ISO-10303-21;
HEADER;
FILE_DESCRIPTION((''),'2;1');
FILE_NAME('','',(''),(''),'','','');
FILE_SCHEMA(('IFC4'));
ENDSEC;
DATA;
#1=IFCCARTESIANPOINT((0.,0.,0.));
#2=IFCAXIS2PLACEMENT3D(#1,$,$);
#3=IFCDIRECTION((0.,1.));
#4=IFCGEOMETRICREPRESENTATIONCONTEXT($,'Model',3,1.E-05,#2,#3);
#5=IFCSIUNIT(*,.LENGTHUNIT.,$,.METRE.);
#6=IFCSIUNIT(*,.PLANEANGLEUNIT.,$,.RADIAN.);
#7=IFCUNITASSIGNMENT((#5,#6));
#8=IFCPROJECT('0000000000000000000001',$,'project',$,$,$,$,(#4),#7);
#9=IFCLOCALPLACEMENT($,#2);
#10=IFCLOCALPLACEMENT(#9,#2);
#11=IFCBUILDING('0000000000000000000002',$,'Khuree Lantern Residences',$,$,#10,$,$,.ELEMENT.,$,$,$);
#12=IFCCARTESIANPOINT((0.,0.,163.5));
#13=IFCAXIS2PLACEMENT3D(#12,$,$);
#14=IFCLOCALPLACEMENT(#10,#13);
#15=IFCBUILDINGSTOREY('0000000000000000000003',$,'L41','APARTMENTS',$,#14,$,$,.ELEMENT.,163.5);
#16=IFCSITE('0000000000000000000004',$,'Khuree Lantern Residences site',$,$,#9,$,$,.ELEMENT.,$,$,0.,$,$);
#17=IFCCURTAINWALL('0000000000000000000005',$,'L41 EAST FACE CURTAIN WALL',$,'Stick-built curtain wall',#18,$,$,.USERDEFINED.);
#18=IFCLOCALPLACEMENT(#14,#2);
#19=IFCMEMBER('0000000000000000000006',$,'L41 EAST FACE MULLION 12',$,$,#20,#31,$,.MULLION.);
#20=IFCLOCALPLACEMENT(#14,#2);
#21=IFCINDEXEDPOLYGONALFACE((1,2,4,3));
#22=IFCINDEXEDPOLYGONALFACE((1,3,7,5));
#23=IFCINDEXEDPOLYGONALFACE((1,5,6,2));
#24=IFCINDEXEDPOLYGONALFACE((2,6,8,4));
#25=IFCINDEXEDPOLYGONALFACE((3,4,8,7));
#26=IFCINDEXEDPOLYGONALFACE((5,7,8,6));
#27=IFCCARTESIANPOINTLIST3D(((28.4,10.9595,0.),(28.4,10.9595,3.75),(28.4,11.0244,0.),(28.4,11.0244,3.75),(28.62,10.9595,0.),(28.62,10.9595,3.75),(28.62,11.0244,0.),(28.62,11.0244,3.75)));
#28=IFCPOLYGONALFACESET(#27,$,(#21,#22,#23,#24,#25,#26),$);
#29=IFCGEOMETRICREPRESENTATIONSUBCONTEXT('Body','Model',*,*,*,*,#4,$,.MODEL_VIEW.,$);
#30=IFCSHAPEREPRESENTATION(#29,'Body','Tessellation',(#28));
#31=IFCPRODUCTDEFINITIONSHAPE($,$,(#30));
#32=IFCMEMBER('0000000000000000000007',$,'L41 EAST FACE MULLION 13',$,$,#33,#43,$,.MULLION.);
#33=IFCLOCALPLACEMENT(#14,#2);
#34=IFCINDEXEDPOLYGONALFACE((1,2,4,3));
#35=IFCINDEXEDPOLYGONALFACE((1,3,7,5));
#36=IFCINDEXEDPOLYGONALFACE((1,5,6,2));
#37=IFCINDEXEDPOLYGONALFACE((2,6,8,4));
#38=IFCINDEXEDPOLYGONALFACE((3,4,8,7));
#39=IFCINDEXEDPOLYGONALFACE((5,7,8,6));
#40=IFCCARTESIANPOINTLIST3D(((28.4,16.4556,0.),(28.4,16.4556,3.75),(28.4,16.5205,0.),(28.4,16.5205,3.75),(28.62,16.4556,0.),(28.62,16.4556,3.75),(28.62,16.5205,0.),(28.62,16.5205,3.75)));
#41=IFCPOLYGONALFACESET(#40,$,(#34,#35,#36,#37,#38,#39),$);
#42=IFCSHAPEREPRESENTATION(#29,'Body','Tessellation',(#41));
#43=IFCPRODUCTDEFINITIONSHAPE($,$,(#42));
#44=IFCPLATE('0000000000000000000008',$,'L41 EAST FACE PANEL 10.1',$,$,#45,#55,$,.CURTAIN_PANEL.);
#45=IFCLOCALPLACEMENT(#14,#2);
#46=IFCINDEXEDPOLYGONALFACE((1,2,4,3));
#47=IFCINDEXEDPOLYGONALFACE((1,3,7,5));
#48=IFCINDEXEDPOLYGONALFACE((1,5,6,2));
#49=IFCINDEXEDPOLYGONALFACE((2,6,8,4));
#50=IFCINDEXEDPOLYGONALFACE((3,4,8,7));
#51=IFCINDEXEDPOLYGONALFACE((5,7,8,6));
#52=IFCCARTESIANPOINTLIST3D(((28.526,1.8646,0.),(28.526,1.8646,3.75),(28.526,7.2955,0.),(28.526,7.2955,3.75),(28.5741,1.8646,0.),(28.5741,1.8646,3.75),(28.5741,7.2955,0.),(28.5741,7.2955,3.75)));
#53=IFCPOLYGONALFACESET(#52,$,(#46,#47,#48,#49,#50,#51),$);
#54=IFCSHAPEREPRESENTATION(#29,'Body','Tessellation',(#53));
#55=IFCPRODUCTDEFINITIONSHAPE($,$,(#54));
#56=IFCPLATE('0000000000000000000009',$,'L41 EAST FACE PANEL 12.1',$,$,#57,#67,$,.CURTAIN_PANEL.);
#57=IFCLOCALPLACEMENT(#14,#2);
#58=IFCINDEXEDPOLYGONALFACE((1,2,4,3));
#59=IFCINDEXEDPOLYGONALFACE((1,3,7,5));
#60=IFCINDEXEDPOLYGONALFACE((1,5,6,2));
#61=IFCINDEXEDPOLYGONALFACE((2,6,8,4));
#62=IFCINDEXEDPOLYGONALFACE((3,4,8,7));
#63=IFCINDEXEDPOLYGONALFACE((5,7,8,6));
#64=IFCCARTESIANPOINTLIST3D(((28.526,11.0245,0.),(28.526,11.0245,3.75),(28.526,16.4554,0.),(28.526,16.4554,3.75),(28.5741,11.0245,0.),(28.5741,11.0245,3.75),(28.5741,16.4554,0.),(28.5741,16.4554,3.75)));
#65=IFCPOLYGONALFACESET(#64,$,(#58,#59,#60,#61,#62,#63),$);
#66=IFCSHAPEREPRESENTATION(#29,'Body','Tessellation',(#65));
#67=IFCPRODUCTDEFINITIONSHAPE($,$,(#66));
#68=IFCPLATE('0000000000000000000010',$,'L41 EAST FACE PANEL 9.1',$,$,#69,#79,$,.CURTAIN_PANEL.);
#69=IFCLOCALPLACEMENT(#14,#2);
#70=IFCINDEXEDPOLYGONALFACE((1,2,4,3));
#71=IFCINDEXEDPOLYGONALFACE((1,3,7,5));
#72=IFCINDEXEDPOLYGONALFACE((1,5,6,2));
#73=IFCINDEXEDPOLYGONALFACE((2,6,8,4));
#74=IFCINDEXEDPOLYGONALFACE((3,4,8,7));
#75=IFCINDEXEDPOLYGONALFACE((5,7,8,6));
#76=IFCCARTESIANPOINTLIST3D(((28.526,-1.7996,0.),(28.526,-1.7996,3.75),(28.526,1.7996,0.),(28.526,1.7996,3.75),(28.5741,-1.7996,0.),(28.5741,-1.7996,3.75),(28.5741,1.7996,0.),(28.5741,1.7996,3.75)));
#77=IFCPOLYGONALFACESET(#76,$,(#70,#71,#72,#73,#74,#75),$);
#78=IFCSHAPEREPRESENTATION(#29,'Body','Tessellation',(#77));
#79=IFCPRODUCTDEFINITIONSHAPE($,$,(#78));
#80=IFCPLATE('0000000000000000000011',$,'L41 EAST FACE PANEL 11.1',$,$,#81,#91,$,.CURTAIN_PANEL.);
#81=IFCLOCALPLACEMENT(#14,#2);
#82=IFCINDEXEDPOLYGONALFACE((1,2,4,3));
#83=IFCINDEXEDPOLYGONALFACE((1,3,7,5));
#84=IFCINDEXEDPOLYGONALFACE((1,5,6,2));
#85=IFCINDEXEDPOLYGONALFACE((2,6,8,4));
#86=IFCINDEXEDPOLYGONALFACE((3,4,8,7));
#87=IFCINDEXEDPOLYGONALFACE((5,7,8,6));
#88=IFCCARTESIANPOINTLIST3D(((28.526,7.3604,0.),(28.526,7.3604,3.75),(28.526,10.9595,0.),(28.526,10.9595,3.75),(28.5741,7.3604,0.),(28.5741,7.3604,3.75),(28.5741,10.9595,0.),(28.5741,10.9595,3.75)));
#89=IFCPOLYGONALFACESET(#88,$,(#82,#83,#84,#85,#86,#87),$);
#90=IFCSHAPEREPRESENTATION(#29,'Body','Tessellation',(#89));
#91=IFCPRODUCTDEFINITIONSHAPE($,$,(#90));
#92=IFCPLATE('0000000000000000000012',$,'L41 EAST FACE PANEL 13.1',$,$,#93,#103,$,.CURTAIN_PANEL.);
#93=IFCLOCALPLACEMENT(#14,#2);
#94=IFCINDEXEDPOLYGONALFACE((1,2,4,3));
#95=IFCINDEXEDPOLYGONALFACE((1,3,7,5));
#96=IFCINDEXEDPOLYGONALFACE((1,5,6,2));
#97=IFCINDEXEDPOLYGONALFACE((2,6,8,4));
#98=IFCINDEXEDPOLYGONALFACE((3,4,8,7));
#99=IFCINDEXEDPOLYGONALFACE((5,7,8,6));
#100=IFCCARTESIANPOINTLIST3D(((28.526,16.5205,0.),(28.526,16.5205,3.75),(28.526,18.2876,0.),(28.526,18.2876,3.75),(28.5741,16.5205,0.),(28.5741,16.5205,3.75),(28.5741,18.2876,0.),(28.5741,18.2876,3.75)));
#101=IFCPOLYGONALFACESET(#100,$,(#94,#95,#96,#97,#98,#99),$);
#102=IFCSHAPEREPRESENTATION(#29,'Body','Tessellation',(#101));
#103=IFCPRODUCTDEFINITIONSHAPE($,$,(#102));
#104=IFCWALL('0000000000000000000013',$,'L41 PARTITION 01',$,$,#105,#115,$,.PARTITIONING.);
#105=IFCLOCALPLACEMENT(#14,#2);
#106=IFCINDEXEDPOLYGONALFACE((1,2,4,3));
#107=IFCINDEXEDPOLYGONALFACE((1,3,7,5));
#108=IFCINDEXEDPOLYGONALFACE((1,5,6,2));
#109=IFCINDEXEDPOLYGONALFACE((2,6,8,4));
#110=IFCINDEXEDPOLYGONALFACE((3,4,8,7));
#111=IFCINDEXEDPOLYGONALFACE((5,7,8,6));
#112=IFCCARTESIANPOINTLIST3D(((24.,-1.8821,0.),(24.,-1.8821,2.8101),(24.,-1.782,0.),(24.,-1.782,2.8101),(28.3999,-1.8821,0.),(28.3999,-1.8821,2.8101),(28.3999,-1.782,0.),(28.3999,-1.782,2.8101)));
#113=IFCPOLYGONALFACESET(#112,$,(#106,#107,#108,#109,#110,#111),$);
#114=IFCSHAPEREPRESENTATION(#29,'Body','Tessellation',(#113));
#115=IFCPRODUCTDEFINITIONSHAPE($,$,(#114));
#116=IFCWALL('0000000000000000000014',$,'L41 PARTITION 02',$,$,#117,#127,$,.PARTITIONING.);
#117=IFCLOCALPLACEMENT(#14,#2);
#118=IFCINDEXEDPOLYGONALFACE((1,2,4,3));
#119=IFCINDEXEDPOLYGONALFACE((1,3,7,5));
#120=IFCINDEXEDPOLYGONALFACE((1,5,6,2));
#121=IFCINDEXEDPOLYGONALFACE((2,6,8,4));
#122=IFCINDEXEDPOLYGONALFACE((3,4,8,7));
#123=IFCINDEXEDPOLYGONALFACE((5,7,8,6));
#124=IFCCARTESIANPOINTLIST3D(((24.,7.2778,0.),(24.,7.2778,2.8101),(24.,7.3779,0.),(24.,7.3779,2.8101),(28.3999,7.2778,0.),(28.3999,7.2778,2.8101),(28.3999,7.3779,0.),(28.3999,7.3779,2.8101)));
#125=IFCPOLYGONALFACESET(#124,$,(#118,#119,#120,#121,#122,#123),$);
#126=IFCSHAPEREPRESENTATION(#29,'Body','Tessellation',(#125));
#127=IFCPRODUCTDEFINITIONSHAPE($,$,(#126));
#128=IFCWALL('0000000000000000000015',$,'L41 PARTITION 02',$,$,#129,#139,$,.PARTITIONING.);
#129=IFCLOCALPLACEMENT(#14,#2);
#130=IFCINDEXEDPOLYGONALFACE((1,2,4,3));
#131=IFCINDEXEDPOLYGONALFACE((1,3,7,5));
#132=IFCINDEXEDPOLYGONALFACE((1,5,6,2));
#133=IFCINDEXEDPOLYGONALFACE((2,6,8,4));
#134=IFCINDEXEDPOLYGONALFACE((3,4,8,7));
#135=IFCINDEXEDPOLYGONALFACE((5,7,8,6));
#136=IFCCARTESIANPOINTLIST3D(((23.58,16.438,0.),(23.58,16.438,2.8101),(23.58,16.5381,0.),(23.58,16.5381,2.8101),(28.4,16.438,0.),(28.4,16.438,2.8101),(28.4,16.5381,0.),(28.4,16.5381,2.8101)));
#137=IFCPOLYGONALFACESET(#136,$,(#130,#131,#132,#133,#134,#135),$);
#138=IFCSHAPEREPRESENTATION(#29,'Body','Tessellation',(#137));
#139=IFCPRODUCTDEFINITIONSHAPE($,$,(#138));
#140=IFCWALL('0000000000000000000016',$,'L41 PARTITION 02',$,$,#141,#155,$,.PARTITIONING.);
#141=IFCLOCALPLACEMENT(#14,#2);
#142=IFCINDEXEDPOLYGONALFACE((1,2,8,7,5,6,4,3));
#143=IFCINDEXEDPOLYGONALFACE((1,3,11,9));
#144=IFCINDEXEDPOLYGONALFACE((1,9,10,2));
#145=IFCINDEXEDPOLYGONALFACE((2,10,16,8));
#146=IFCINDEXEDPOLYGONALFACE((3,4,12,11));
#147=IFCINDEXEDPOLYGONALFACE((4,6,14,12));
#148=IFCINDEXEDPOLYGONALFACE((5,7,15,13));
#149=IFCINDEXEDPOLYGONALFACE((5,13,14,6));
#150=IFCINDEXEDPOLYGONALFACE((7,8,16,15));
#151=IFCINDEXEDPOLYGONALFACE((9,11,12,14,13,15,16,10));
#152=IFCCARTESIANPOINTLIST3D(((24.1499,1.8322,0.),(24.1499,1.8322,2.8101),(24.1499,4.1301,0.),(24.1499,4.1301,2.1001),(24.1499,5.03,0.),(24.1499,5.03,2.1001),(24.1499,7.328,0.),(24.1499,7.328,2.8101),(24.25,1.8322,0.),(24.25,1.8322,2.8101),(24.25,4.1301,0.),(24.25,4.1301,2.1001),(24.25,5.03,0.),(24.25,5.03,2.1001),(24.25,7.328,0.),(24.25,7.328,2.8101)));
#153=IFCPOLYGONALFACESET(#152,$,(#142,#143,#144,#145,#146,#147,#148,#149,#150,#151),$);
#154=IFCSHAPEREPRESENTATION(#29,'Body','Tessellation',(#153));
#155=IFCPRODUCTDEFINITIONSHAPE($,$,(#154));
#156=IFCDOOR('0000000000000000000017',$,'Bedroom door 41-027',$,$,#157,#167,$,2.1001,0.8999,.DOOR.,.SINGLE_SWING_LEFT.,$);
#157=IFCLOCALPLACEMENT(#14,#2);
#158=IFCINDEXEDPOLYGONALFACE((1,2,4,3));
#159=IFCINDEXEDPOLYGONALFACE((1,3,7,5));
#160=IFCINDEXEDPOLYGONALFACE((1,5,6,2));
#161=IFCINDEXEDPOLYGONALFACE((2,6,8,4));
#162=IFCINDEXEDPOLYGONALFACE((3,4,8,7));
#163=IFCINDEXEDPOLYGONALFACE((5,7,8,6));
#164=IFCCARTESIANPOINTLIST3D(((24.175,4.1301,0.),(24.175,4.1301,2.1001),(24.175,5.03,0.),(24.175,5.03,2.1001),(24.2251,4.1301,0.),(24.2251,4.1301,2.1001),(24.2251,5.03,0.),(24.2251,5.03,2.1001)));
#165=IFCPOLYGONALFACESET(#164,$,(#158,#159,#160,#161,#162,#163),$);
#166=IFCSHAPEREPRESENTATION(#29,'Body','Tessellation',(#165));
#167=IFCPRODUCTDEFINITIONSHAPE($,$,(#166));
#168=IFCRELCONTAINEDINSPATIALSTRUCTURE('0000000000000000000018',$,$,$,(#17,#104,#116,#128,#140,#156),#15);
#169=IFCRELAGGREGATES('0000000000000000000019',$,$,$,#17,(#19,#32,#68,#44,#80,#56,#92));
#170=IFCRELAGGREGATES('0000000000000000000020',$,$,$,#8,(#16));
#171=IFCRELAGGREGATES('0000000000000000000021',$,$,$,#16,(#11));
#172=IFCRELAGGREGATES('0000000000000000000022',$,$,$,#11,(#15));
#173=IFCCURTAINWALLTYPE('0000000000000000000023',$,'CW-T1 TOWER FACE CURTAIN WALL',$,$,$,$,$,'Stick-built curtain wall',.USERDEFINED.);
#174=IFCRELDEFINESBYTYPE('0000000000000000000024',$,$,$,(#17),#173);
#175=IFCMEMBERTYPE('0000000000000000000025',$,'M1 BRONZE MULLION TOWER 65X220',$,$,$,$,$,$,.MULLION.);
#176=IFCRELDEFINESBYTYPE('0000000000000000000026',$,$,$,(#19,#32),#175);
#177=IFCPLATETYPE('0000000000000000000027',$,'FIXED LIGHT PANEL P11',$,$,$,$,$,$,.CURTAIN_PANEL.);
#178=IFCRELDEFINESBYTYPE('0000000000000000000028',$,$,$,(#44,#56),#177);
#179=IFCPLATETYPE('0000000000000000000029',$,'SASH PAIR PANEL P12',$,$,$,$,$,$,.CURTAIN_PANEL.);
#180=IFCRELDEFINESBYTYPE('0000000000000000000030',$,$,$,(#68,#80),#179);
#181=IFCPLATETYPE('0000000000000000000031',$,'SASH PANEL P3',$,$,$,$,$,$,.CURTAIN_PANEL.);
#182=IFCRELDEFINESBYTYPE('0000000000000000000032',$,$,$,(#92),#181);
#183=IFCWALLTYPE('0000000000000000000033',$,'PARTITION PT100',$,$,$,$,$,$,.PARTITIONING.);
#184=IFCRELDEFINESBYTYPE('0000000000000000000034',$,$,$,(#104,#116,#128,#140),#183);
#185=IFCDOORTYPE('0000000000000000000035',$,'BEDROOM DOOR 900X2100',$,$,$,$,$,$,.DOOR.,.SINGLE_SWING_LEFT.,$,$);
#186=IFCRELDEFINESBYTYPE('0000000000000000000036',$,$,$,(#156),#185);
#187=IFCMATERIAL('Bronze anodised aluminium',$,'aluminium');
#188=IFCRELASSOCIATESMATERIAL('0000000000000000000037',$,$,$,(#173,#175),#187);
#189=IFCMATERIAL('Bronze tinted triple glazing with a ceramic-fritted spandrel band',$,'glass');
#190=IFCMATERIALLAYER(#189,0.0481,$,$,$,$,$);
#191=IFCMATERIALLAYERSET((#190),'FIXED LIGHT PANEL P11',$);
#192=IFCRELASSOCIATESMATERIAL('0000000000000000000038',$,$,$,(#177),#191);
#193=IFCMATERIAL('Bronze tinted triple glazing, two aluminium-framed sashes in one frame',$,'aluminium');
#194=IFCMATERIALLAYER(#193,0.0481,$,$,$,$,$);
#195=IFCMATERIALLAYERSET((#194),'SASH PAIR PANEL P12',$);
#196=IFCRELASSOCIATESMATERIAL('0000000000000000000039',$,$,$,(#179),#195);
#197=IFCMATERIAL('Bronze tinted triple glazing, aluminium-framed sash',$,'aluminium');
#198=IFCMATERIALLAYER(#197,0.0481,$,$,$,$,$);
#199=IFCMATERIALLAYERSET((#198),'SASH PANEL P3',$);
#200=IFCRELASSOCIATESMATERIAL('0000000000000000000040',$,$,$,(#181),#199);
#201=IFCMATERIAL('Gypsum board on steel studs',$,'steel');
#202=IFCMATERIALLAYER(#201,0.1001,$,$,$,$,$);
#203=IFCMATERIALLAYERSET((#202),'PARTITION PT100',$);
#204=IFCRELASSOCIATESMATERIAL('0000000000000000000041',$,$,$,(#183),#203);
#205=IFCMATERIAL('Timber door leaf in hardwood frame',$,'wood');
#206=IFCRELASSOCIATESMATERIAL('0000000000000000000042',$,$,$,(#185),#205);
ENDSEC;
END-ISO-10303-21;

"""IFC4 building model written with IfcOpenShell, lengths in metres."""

from ifc_helpers import new_model, si_unit, direction, frame, frame_2d, origin, origin_2d, place, context, subcontext, project, spatial, rectangle, extrude, material, layer, layer_set, material_profile, profile_set, type_object, element, fill, aggregate, save


model = new_model("IFC4")

# Units and contexts
model_context = context("Model", 3, precision=1e-05, world=origin(), true_north=direction((0.0, 1.0)))
body_context = subcontext(model_context, "Body", "Model", "MODEL_VIEW")
ifc_project = project(units=[si_unit("LENGTHUNIT", "METRE"), si_unit("PLANEANGLEUNIT", "RADIAN")], contexts=[model_context])

# Site, building, storey
site_placement = place(None, origin())
site = spatial("IfcSite", under=ifc_project, at=site_placement, Name="Khuree Lantern Residences site", CompositionType="ELEMENT", RefElevation=0.0)
building_placement = place(site_placement, origin())
building = spatial("IfcBuilding", under=site, at=building_placement, Name="Khuree Lantern Residences", CompositionType="ELEMENT")
storey_placement = place(building_placement, frame((0.0, 0.0, 163.5)))
storey = spatial("IfcBuildingStorey", under=building, at=storey_placement, Name="L41", Description="APARTMENTS", CompositionType="ELEMENT", Elevation=163.5)

# Curtain wall
ifc_material_1 = material(Name="Bronze anodised aluminium", Category="aluminium")
curtain_wall_type = type_object("IfcCurtainWallType", Name="CW-T1 TOWER FACE CURTAIN WALL", ElementType="Stick-built curtain wall", PredefinedType="USERDEFINED", material=ifc_material_1)
curtain_wall_placement = place(storey_placement, origin())
curtain_wall = element("IfcCurtainWall", 1, at=curtain_wall_placement, inside=storey, type_object=curtain_wall_type, Name="L41 EAST FACE CURTAIN WALL", ObjectType="Stick-built curtain wall", PredefinedType="USERDEFINED")

# Members
ifc_material_profile_1 = material_profile(ifc_material_1, rectangle(XDim=0.0649, YDim=0.22, at=origin_2d()), Name="M1 65X220")
ifc_profile_set_1 = profile_set([ifc_material_profile_1], Name="Bronze anodised aluminium")
member_type_1 = type_object("IfcMemberType", Name="M1 BRONZE MULLION TOWER 65X220", PredefinedType="MULLION", material=ifc_profile_set_1)
member_1_placement = place(storey_placement, frame((28.51, 10.9919, 0.0), z_axis=(0.0, 0.0, 1.0), x_axis=(0.0, 1.0, 0.0)))
member_1 = element("IfcMember", 2, at=member_1_placement, type_object=member_type_1, Name="L41 EAST FACE MULLION 12", PredefinedType="MULLION", context=body_context, shape_type="SweptSolid", body=[
    extrude(rectangle(XDim=0.0649, YDim=0.22, at=origin_2d()), origin(), (0.0, 0.0, 1.0), 3.75),
])
member_2_placement = place(storey_placement, frame((28.51, 16.488, 0.0), z_axis=(0.0, 0.0, 1.0), x_axis=(0.0, 1.0, 0.0)))
member_2 = element("IfcMember", 3, at=member_2_placement, type_object=member_type_1, Name="L41 EAST FACE MULLION 13", PredefinedType="MULLION", context=body_context, shape_type="SweptSolid", body=[
    extrude(rectangle(XDim=0.0649, YDim=0.22, at=origin_2d()), origin(), (0.0, 0.0, 1.0), 3.75),
])

# Plates
ifc_material_2 = material(Name="Bronze tinted triple glazing with a ceramic-fritted spandrel band", Category="glass")
ifc_layer_1 = layer(ifc_material_2, 0.0481)
ifc_layer_set_1 = layer_set([ifc_layer_1], Name="FIXED LIGHT PANEL P11")
plate_type_1 = type_object("IfcPlateType", Name="FIXED LIGHT PANEL P11", PredefinedType="CURTAIN_PANEL", material=ifc_layer_set_1)
plate_1_placement = place(storey_placement, frame((28.55, 4.5801, 0.0), z_axis=(0.0, 0.0, 1.0), x_axis=(0.0, 1.0, 0.0)))
plate_1 = element("IfcPlate", 4, at=plate_1_placement, type_object=plate_type_1, Name="L41 EAST FACE PANEL 10.1", PredefinedType="CURTAIN_PANEL", context=body_context, shape_type="SweptSolid", body=[
    extrude(rectangle(XDim=5.4309, YDim=0.0481, at=origin_2d()), origin(), (0.0, 0.0, 1.0), 3.75),
])
plate_2_placement = place(storey_placement, frame((28.55, 13.74, 0.0), z_axis=(0.0, 0.0, 1.0), x_axis=(0.0, 1.0, 0.0)))
plate_2 = element("IfcPlate", 5, at=plate_2_placement, type_object=plate_type_1, Name="L41 EAST FACE PANEL 12.1", PredefinedType="CURTAIN_PANEL", context=body_context, shape_type="SweptSolid", body=[
    extrude(rectangle(XDim=5.4309, YDim=0.0481, at=origin_2d()), origin(), (0.0, 0.0, 1.0), 3.75),
])
ifc_material_3 = material(Name="Bronze tinted triple glazing, two aluminium-framed sashes in one frame", Category="aluminium")
ifc_layer_2 = layer(ifc_material_3, 0.0481)
ifc_layer_set_2 = layer_set([ifc_layer_2], Name="SASH PAIR PANEL P12")
plate_type_2 = type_object("IfcPlateType", Name="SASH PAIR PANEL P12", PredefinedType="CURTAIN_PANEL", material=ifc_layer_set_2)
plate_3_placement = place(storey_placement, frame((28.55, 0.0, 0.0), z_axis=(0.0, 0.0, 1.0), x_axis=(0.0, 1.0, 0.0)))
plate_3 = element("IfcPlate", 6, at=plate_3_placement, type_object=plate_type_2, Name="L41 EAST FACE PANEL 9.1", PredefinedType="CURTAIN_PANEL", context=body_context, shape_type="SweptSolid", body=[
    extrude(rectangle(XDim=3.5991, YDim=0.0481, at=origin_2d()), origin(), (0.0, 0.0, 1.0), 3.75),
])
plate_4_placement = place(storey_placement, frame((28.55, 9.1599, 0.0), z_axis=(0.0, 0.0, 1.0), x_axis=(0.0, 1.0, 0.0)))
plate_4 = element("IfcPlate", 7, at=plate_4_placement, type_object=plate_type_2, Name="L41 EAST FACE PANEL 11.1", PredefinedType="CURTAIN_PANEL", context=body_context, shape_type="SweptSolid", body=[
    extrude(rectangle(XDim=3.5991, YDim=0.0481, at=origin_2d()), origin(), (0.0, 0.0, 1.0), 3.75),
])
ifc_material_4 = material(Name="Bronze tinted triple glazing, aluminium-framed sash", Category="aluminium")
ifc_layer_3 = layer(ifc_material_4, 0.0481)
ifc_layer_set_3 = layer_set([ifc_layer_3], Name="SASH PANEL P3")
plate_type_3 = type_object("IfcPlateType", Name="SASH PANEL P3", PredefinedType="CURTAIN_PANEL", material=ifc_layer_set_3)
plate_5_placement = place(storey_placement, frame((28.55, 17.4041, 0.0), z_axis=(0.0, 0.0, 1.0), x_axis=(0.0, 1.0, 0.0)))
plate_5 = element("IfcPlate", 8, at=plate_5_placement, type_object=plate_type_3, Name="L41 EAST FACE PANEL 13.1", PredefinedType="CURTAIN_PANEL", context=body_context, shape_type="SweptSolid", body=[
    extrude(rectangle(XDim=1.7671, YDim=0.0481, at=origin_2d()), origin(), (0.0, 0.0, 1.0), 3.75),
])
aggregate(curtain_wall, [member_1, member_2, plate_3, plate_1, plate_4, plate_2, plate_5])

# Walls
ifc_material_5 = material(Name="Gypsum board on steel studs", Category="steel")
ifc_layer_4 = layer(ifc_material_5, 0.1001)
ifc_layer_set_4 = layer_set([ifc_layer_4], Name="PARTITION PT100")
wall_type = type_object("IfcWallType", Name="PARTITION PT100", PredefinedType="PARTITIONING", material=ifc_layer_set_4)
for number, where, z_axis, x_axis, name in (
    (9, (24.0, -1.832, 0.0), (0.0, 0.0, 1.0), (1.0, 0.0, 0.0), "L41 PARTITION 01"),
    (10, (24.0, 7.3279, 0.0), (0.0, 0.0, 1.0), (1.0, 0.0, 0.0), "L41 PARTITION 02"),
):
    element("IfcWall", number, at=place(storey_placement, frame(where, z_axis=z_axis, x_axis=x_axis)), inside=storey, type_object=wall_type, Name=name, PredefinedType="PARTITIONING", context=body_context, shape_type="SweptSolid", body=[
        extrude(rectangle(XDim=4.3999, YDim=0.1001, at=frame_2d((2.2, 0.0))), origin(), (0.0, 0.0, 1.0), 2.8101),
    ])
wall_1_placement = place(storey_placement, frame((23.5798, 16.488, 0.0), z_axis=(0.0, 0.0, 1.0), x_axis=(1.0, 0.0, 0.0)))
element("IfcWall", 11, at=wall_1_placement, inside=storey, type_object=wall_type, Name="L41 PARTITION 02", PredefinedType="PARTITIONING", context=body_context, shape_type="SweptSolid", body=[
    extrude(rectangle(XDim=4.8201, YDim=0.1001, at=frame_2d((2.4102, 0.0))), origin(), (0.0, 0.0, 1.0), 2.8101),
])

# Wall, opening, door
wall_2_placement = place(storey_placement, frame((24.2, 1.832, 0.0), z_axis=(0.0, 0.0, 1.0), x_axis=(0.0, 1.0, 0.0)))
wall_2 = element("IfcWall", 12, at=wall_2_placement, inside=storey, type_object=wall_type, Name="L41 PARTITION 02", PredefinedType="PARTITIONING", context=body_context, shape_type="SweptSolid", body=[
    extrude(rectangle(XDim=5.4958, YDim=0.1001, at=frame_2d((2.748, 0.0))), origin(), (0.0, 0.0, 1.0), 2.8101),
])
opening_1_placement = place(wall_2_placement, frame((2.2981, 0.0, 0.0)))
opening_1 = element("IfcOpeningElement", 13, at=opening_1_placement, cuts=wall_2, PredefinedType="OPENING", context=body_context, shape_type="SweptSolid", body=[
    extrude(rectangle(XDim=0.8999, YDim=2.1001, at=frame_2d((0.45, 1.05))), frame((0.0, 0.0601, 0.0), z_axis=(0.0, -1.0, 0.0), x_axis=(1.0, 0.0, 0.0)), (0.0, 0.0, 1.0), 0.1201),
])
ifc_material_6 = material(Name="Timber door leaf in hardwood frame", Category="wood")
door_type_1 = type_object("IfcDoorType", Name="BEDROOM DOOR 900X2100", OperationType="SINGLE_SWING_LEFT", PredefinedType="DOOR", material=ifc_material_6)
door_1_placement = place(opening_1_placement, origin())
door_1 = element("IfcDoor", 14, at=door_1_placement, inside=storey, type_object=door_type_1, Name="Bedroom door 41-027", OperationType="SINGLE_SWING_LEFT", OverallHeight=2.1001, OverallWidth=0.8999, PredefinedType="DOOR", context=body_context, shape_type="SweptSolid", body=[
    extrude(rectangle(XDim=0.8999, YDim=2.1001, at=frame_2d((0.45, 1.05))), frame((0.0, 0.0249, 0.0), z_axis=(0.0, -1.0, 0.0), x_axis=(1.0, 0.0, 0.0)), (0.0, 0.0, 1.0), 0.05),
])
fill(opening_1, door_1)

save(model, "model.ifc")
